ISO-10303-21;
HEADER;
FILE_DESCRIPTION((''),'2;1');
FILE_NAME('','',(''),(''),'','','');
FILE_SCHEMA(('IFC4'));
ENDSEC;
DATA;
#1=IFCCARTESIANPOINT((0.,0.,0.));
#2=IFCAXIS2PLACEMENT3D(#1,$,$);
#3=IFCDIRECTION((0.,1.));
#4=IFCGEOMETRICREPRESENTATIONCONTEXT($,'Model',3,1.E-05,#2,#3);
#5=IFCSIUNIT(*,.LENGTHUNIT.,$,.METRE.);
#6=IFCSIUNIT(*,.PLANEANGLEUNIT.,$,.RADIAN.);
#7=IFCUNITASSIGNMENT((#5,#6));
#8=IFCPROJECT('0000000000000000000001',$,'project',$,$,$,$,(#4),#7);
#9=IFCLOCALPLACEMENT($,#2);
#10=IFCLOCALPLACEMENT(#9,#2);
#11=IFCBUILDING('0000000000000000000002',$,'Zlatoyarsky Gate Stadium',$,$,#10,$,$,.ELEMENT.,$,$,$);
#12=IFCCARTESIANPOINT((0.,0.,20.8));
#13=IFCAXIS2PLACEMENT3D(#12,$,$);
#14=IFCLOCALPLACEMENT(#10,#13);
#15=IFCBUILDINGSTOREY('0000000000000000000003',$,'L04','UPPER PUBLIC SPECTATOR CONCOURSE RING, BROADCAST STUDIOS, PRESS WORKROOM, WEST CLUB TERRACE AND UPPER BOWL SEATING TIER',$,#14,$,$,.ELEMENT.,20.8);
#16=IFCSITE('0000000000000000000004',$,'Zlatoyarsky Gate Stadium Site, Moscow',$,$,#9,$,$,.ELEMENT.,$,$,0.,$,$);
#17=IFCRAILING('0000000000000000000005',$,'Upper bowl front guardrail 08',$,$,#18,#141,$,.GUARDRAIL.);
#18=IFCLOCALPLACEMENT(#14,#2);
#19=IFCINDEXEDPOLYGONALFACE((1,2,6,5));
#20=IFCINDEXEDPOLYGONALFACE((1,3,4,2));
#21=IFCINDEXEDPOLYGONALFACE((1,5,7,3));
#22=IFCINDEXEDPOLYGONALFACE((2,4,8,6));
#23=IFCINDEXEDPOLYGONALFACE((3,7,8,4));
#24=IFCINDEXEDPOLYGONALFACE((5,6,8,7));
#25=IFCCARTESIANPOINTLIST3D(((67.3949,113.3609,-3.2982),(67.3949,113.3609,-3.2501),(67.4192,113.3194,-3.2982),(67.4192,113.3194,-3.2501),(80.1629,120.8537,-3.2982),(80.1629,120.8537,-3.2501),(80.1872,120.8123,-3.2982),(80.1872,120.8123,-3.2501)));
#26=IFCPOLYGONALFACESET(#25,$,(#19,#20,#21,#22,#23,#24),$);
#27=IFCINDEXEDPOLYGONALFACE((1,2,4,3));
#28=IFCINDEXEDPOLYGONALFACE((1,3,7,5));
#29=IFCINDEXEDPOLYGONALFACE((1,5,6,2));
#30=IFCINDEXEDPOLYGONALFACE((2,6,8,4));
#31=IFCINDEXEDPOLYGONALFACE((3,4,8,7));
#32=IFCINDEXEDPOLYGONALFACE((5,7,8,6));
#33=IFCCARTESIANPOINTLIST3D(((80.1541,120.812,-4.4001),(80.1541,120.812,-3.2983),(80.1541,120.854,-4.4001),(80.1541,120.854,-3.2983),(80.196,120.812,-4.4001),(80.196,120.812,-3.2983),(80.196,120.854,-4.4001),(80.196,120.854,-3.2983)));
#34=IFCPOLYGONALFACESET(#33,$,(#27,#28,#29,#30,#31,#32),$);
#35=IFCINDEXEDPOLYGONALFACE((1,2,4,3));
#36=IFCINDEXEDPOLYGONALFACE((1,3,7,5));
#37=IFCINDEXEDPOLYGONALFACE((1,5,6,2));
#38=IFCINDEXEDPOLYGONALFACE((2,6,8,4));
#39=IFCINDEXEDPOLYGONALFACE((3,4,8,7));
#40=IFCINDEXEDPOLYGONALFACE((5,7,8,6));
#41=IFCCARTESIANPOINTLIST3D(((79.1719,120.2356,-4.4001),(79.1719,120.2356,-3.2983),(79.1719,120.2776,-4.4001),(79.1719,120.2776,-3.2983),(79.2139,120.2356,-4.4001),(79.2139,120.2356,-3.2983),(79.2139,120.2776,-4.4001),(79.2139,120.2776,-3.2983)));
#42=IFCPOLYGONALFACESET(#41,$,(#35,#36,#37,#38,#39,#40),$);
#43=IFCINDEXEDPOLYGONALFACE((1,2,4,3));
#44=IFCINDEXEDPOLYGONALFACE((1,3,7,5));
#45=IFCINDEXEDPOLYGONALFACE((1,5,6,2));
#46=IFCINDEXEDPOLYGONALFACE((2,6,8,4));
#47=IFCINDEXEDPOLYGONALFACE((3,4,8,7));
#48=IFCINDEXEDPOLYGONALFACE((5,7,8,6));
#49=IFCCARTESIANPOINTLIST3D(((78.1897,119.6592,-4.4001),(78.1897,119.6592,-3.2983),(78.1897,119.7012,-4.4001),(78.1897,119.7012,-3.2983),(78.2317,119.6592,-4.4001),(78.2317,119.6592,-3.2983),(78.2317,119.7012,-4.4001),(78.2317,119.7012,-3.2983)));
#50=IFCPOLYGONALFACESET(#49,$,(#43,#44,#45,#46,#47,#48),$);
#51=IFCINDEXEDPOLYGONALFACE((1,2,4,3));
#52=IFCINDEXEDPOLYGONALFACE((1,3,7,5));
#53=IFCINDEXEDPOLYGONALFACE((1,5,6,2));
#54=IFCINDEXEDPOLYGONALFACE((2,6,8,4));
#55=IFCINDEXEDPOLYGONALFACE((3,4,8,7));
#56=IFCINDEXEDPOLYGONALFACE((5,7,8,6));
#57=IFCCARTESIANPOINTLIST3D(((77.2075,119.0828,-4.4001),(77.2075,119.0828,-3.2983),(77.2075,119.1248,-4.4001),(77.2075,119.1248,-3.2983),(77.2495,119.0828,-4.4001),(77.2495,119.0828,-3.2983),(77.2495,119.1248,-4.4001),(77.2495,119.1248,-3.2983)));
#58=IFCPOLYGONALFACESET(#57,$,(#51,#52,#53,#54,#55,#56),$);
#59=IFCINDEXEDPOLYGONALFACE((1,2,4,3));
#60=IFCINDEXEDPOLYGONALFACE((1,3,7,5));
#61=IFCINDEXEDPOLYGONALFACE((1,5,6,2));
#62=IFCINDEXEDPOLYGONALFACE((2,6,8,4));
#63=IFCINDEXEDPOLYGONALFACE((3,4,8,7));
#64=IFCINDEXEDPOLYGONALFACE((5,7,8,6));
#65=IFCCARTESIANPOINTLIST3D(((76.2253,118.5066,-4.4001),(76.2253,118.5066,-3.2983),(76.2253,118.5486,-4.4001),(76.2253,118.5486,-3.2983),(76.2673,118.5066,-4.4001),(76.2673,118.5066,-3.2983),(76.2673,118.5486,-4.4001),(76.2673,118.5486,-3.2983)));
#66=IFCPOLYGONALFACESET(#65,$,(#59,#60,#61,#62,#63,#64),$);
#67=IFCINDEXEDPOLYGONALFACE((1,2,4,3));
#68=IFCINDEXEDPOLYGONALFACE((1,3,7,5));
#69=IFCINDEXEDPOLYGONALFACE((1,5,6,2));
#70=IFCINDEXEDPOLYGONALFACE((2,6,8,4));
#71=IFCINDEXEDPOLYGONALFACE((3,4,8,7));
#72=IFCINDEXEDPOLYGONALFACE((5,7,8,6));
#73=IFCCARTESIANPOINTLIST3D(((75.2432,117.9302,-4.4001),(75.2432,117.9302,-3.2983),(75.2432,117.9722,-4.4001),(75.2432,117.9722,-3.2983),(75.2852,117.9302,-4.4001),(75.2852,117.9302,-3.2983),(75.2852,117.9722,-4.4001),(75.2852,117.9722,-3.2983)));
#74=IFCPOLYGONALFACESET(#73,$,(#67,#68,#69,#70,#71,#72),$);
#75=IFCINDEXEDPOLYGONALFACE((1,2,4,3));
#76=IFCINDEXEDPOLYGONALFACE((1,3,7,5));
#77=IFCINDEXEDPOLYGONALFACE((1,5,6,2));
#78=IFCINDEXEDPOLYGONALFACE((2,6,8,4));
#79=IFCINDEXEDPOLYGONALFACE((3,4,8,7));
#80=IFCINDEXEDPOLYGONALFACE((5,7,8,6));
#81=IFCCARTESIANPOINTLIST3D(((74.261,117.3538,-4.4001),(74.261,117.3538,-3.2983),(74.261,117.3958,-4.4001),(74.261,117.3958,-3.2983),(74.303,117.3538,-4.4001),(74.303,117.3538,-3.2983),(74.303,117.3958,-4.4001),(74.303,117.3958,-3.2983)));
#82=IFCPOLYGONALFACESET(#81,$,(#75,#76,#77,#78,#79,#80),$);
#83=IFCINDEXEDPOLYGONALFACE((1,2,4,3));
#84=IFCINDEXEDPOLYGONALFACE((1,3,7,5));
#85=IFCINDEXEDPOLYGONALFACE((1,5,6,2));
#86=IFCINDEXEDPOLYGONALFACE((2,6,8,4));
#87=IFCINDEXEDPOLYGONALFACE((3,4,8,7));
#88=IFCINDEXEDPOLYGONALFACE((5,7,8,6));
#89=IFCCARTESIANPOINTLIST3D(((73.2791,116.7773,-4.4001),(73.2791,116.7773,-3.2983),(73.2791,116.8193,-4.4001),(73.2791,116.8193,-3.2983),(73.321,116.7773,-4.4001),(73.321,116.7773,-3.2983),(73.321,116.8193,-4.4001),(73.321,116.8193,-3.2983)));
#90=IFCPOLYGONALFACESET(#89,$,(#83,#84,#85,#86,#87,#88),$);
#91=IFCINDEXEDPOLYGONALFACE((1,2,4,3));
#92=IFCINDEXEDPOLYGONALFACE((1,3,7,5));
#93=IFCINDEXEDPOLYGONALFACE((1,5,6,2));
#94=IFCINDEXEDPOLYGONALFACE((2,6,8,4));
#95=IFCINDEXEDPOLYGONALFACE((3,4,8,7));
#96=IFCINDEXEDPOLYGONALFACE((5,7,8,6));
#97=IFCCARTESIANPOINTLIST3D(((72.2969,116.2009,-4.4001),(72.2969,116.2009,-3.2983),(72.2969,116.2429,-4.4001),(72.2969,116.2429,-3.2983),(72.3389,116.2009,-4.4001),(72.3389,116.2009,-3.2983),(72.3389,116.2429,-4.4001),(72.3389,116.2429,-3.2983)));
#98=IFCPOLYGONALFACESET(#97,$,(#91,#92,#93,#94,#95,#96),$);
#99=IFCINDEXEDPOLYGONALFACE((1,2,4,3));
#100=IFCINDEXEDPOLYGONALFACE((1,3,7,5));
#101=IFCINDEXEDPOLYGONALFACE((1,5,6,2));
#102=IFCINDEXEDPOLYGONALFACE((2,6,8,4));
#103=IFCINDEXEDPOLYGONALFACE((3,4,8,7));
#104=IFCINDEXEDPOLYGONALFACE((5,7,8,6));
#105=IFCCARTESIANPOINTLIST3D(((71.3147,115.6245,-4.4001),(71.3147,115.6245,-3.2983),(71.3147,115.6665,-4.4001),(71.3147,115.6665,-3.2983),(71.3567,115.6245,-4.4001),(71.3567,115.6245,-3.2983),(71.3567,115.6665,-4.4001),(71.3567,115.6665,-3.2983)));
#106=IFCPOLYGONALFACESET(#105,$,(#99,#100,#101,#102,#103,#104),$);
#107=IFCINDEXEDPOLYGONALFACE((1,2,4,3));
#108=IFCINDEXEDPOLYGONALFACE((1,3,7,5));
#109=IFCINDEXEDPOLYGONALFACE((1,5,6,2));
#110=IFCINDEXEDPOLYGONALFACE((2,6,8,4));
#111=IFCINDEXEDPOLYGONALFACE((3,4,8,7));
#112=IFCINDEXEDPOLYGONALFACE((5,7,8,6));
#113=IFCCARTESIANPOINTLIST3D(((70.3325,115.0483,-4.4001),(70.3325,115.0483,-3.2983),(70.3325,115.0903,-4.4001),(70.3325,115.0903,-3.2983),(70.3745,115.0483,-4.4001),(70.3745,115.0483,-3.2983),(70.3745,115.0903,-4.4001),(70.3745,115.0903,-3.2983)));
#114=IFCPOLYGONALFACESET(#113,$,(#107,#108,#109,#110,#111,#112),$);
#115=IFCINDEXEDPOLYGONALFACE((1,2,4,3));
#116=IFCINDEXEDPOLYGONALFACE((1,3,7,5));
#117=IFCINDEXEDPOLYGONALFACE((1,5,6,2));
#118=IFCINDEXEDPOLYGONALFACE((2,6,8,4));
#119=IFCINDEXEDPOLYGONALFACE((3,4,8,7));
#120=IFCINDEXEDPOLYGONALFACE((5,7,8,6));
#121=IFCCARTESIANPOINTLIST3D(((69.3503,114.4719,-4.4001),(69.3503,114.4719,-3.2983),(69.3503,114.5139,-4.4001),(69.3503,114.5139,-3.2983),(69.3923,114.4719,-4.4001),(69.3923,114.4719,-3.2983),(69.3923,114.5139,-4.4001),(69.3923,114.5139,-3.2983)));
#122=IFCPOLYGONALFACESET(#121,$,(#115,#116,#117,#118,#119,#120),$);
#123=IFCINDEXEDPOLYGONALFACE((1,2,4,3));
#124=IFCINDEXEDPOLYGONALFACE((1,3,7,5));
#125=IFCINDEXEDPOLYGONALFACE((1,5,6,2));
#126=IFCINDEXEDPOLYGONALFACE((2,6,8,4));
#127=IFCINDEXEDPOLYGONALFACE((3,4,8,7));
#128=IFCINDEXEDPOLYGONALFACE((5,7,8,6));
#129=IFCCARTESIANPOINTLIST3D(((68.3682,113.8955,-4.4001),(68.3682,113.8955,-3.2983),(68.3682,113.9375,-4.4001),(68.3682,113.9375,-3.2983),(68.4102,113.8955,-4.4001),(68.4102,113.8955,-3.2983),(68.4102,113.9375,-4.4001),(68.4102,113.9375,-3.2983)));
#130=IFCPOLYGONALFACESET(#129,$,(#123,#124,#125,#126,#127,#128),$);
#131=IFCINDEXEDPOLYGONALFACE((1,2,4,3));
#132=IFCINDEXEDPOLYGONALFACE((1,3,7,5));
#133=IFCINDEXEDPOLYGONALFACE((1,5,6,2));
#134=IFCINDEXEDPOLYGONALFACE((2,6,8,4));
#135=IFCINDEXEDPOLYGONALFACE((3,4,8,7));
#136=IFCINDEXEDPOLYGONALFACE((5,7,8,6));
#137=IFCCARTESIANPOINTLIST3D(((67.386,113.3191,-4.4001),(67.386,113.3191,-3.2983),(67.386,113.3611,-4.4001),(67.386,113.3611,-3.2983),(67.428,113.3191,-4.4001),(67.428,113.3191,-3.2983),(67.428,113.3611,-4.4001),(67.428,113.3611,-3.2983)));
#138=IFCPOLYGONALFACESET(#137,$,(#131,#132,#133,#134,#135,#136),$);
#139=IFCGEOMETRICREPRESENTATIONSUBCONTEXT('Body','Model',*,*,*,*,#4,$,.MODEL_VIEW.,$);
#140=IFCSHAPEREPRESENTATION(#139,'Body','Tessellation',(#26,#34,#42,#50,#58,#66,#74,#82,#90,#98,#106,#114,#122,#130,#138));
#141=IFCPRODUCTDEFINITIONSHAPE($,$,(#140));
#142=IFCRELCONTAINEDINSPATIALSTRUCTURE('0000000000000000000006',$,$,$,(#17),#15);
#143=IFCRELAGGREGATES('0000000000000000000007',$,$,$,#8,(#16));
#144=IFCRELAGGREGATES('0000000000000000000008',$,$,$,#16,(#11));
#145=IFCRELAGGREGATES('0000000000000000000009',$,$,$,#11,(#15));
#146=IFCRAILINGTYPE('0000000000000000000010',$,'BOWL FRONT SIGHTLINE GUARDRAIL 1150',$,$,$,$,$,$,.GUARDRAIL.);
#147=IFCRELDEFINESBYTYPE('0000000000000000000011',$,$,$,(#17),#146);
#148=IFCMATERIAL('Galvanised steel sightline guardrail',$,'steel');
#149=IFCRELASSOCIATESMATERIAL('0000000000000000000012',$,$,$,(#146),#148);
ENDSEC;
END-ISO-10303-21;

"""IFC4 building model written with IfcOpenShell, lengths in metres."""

from ifc_helpers import new_model, si_unit, direction, frame, origin, origin_2d, place, context, subcontext, project, spatial, rectangle, extrude, material, type_object, element, save


model = new_model("IFC4")

# Units and contexts
model_context = context("Model", 3, precision=1e-05, world=origin(), true_north=direction((0.0, 1.0)))
body_context = subcontext(model_context, "Body", "Model", "MODEL_VIEW")
ifc_project = project(units=[si_unit("LENGTHUNIT", "METRE"), si_unit("PLANEANGLEUNIT", "RADIAN")], contexts=[model_context])

# Site, building, storey
site_placement = place(None, origin())
site = spatial("IfcSite", under=ifc_project, at=site_placement, Name="Zlatoyarsky Gate Stadium Site, Moscow", CompositionType="ELEMENT", RefElevation=0.0)
building_placement = place(site_placement, origin())
building = spatial("IfcBuilding", under=site, at=building_placement, Name="Zlatoyarsky Gate Stadium", CompositionType="ELEMENT")
storey_placement = place(building_placement, frame((0.0, 0.0, 20.8)))
storey = spatial("IfcBuildingStorey", under=building, at=storey_placement, Name="L04", Description="UPPER PUBLIC SPECTATOR CONCOURSE RING, BROADCAST STUDIOS, PRESS WORKROOM, WEST CLUB TERRACE AND UPPER BOWL SEATING TIER", CompositionType="ELEMENT", Elevation=20.8)

# Railing
ifc_material_1 = material(Name="Galvanised steel sightline guardrail", Category="steel")
railing_type_1 = type_object("IfcRailingType", Name="BOWL FRONT SIGHTLINE GUARDRAIL 1150", PredefinedType="GUARDRAIL", material=ifc_material_1)
railing_1_placement = place(storey_placement, frame((80.175, 120.833, -4.4001)))
element("IfcRailing", 1, at=railing_1_placement, inside=storey, type_object=railing_type_1, Name="Upper bowl front guardrail 08", PredefinedType="GUARDRAIL", context=body_context, shape_type="SweptSolid", body=[
    extrude(rectangle(XDim=0.0481, YDim=0.0481, at=origin_2d()), frame((0.0, 0.0, 1.126), z_axis=(-0.862456, -0.506131, 0.0), x_axis=(0.506131, -0.862456, 0.0)), (0.0, 0.0, 1.0), 14.8042),
    extrude(rectangle(XDim=0.042, YDim=0.042, at=origin_2d()), origin(), (0.0, 0.0, 1.0), 1.1018),
    extrude(rectangle(XDim=0.042, YDim=0.042, at=origin_2d()), frame((-0.9822, -0.5764, 0.0)), (0.0, 0.0, 1.0), 1.1018),
    extrude(rectangle(XDim=0.042, YDim=0.042, at=origin_2d()), frame((-1.9644, -1.1528, 0.0)), (0.0, 0.0, 1.0), 1.1018),
    extrude(rectangle(XDim=0.042, YDim=0.042, at=origin_2d()), frame((-2.9465, -1.7292, 0.0)), (0.0, 0.0, 1.0), 1.1018),
    extrude(rectangle(XDim=0.042, YDim=0.042, at=origin_2d()), frame((-3.9287, -2.3054, 0.0)), (0.0, 0.0, 1.0), 1.1018),
    extrude(rectangle(XDim=0.042, YDim=0.042, at=origin_2d()), frame((-4.9109, -2.8818, 0.0)), (0.0, 0.0, 1.0), 1.1018),
    extrude(rectangle(XDim=0.042, YDim=0.042, at=origin_2d()), frame((-5.8931, -3.4583, 0.0)), (0.0, 0.0, 1.0), 1.1018),
    extrude(rectangle(XDim=0.042, YDim=0.042, at=origin_2d()), frame((-6.875, -4.0347, 0.0)), (0.0, 0.0, 1.0), 1.1018),
    extrude(rectangle(XDim=0.042, YDim=0.042, at=origin_2d()), frame((-7.8572, -4.6111, 0.0)), (0.0, 0.0, 1.0), 1.1018),
    extrude(rectangle(XDim=0.042, YDim=0.042, at=origin_2d()), frame((-8.8394, -5.1875, 0.0)), (0.0, 0.0, 1.0), 1.1018),
    extrude(rectangle(XDim=0.042, YDim=0.042, at=origin_2d()), frame((-9.8215, -5.7637, 0.0)), (0.0, 0.0, 1.0), 1.1018),
    extrude(rectangle(XDim=0.042, YDim=0.042, at=origin_2d()), frame((-10.8037, -6.3401, 0.0)), (0.0, 0.0, 1.0), 1.1018),
    extrude(rectangle(XDim=0.042, YDim=0.042, at=origin_2d()), frame((-11.7859, -6.9165, 0.0)), (0.0, 0.0, 1.0), 1.1018),
    extrude(rectangle(XDim=0.042, YDim=0.042, at=origin_2d()), frame((-12.7681, -7.4929, 0.0)), (0.0, 0.0, 1.0), 1.1018),
])

save(model, "model.ifc")
